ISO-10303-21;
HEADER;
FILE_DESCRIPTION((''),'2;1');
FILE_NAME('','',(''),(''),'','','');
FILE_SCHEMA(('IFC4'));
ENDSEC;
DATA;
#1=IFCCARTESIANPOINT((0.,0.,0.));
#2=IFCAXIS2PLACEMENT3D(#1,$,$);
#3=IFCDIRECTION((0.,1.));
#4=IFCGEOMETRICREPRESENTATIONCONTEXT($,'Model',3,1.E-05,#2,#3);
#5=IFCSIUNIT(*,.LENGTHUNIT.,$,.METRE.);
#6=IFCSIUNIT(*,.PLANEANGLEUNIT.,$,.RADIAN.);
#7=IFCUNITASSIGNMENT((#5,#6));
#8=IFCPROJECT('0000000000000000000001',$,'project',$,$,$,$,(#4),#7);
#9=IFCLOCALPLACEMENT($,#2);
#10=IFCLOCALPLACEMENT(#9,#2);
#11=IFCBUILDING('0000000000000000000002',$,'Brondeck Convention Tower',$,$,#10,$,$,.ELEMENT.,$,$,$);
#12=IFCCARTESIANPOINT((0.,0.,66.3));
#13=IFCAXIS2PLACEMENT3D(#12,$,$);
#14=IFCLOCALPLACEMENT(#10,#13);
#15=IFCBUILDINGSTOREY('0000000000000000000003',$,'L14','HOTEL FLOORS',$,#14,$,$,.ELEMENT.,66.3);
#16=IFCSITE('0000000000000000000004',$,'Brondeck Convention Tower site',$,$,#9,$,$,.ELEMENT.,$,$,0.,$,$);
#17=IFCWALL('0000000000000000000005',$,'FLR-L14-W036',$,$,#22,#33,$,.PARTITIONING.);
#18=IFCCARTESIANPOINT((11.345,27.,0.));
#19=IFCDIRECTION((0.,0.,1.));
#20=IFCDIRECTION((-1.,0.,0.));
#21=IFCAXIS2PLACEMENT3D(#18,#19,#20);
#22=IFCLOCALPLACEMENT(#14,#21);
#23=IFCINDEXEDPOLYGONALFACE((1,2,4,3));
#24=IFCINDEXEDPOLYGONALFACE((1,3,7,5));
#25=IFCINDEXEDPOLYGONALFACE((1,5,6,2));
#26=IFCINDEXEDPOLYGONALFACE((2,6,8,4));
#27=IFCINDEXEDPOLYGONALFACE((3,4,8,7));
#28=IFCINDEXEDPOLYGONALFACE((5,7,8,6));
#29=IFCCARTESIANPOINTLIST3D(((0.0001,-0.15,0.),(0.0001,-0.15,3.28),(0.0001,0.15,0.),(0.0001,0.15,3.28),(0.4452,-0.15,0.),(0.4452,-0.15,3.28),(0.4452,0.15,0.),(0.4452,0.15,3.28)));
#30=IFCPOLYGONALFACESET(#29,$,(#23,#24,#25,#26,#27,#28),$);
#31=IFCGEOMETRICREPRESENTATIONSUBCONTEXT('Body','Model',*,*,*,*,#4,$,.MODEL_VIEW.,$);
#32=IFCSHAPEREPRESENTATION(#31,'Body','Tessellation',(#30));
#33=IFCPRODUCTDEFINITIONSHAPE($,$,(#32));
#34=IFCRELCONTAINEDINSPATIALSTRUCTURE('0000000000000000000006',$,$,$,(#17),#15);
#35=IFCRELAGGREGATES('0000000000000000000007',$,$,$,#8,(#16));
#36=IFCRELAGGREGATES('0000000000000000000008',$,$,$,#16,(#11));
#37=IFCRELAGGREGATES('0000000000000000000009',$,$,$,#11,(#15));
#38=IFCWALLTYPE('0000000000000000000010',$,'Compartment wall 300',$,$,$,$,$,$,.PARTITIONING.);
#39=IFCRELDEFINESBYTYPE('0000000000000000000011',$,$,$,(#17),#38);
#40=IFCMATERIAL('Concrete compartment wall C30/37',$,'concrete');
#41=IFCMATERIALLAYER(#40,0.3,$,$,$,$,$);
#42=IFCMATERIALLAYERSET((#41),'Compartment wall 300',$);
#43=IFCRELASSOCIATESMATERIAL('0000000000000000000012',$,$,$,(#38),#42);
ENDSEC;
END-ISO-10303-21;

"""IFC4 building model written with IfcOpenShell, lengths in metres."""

from ifc_helpers import new_model, si_unit, direction, frame, frame_2d, origin, place, context, subcontext, project, spatial, rectangle, extrude, material, layer, layer_set, type_object, element, save


model = new_model("IFC4")

# Units and contexts
model_context = context("Model", 3, precision=1e-05, world=origin(), true_north=direction((0.0, 1.0)))
body_context = subcontext(model_context, "Body", "Model", "MODEL_VIEW")
ifc_project = project(units=[si_unit("LENGTHUNIT", "METRE"), si_unit("PLANEANGLEUNIT", "RADIAN")], contexts=[model_context])

# Site, building, storey
site_placement = place(None, origin())
site = spatial("IfcSite", under=ifc_project, at=site_placement, Name="Brondeck Convention Tower site", CompositionType="ELEMENT", RefElevation=0.0)
building_placement = place(site_placement, origin())
building = spatial("IfcBuilding", under=site, at=building_placement, Name="Brondeck Convention Tower", CompositionType="ELEMENT")
storey_placement = place(building_placement, frame((0.0, 0.0, 66.3)))
storey = spatial("IfcBuildingStorey", under=building, at=storey_placement, Name="L14", Description="HOTEL FLOORS", CompositionType="ELEMENT", Elevation=66.3)

# Wall
ifc_material_1 = material(Name="Concrete compartment wall C30/37", Category="concrete")
ifc_layer_1 = layer(ifc_material_1, 0.3)
ifc_layer_set_1 = layer_set([ifc_layer_1], Name="Compartment wall 300")
wall_type_1 = type_object("IfcWallType", Name="Compartment wall 300", PredefinedType="PARTITIONING", material=ifc_layer_set_1)
wall_1_placement = place(storey_placement, frame((11.345, 27.0, 0.0), z_axis=(0.0, 0.0, 1.0), x_axis=(-1.0, 0.0, 0.0)))
element("IfcWall", 1, at=wall_1_placement, inside=storey, type_object=wall_type_1, Name="FLR-L14-W036", PredefinedType="PARTITIONING", context=body_context, shape_type="SweptSolid", body=[
    extrude(rectangle(XDim=0.4451, YDim=0.3, at=frame_2d((0.2227, 0.0))), origin(), (0.0, 0.0, 1.0), 3.28),
])

save(model, "model.ifc")
